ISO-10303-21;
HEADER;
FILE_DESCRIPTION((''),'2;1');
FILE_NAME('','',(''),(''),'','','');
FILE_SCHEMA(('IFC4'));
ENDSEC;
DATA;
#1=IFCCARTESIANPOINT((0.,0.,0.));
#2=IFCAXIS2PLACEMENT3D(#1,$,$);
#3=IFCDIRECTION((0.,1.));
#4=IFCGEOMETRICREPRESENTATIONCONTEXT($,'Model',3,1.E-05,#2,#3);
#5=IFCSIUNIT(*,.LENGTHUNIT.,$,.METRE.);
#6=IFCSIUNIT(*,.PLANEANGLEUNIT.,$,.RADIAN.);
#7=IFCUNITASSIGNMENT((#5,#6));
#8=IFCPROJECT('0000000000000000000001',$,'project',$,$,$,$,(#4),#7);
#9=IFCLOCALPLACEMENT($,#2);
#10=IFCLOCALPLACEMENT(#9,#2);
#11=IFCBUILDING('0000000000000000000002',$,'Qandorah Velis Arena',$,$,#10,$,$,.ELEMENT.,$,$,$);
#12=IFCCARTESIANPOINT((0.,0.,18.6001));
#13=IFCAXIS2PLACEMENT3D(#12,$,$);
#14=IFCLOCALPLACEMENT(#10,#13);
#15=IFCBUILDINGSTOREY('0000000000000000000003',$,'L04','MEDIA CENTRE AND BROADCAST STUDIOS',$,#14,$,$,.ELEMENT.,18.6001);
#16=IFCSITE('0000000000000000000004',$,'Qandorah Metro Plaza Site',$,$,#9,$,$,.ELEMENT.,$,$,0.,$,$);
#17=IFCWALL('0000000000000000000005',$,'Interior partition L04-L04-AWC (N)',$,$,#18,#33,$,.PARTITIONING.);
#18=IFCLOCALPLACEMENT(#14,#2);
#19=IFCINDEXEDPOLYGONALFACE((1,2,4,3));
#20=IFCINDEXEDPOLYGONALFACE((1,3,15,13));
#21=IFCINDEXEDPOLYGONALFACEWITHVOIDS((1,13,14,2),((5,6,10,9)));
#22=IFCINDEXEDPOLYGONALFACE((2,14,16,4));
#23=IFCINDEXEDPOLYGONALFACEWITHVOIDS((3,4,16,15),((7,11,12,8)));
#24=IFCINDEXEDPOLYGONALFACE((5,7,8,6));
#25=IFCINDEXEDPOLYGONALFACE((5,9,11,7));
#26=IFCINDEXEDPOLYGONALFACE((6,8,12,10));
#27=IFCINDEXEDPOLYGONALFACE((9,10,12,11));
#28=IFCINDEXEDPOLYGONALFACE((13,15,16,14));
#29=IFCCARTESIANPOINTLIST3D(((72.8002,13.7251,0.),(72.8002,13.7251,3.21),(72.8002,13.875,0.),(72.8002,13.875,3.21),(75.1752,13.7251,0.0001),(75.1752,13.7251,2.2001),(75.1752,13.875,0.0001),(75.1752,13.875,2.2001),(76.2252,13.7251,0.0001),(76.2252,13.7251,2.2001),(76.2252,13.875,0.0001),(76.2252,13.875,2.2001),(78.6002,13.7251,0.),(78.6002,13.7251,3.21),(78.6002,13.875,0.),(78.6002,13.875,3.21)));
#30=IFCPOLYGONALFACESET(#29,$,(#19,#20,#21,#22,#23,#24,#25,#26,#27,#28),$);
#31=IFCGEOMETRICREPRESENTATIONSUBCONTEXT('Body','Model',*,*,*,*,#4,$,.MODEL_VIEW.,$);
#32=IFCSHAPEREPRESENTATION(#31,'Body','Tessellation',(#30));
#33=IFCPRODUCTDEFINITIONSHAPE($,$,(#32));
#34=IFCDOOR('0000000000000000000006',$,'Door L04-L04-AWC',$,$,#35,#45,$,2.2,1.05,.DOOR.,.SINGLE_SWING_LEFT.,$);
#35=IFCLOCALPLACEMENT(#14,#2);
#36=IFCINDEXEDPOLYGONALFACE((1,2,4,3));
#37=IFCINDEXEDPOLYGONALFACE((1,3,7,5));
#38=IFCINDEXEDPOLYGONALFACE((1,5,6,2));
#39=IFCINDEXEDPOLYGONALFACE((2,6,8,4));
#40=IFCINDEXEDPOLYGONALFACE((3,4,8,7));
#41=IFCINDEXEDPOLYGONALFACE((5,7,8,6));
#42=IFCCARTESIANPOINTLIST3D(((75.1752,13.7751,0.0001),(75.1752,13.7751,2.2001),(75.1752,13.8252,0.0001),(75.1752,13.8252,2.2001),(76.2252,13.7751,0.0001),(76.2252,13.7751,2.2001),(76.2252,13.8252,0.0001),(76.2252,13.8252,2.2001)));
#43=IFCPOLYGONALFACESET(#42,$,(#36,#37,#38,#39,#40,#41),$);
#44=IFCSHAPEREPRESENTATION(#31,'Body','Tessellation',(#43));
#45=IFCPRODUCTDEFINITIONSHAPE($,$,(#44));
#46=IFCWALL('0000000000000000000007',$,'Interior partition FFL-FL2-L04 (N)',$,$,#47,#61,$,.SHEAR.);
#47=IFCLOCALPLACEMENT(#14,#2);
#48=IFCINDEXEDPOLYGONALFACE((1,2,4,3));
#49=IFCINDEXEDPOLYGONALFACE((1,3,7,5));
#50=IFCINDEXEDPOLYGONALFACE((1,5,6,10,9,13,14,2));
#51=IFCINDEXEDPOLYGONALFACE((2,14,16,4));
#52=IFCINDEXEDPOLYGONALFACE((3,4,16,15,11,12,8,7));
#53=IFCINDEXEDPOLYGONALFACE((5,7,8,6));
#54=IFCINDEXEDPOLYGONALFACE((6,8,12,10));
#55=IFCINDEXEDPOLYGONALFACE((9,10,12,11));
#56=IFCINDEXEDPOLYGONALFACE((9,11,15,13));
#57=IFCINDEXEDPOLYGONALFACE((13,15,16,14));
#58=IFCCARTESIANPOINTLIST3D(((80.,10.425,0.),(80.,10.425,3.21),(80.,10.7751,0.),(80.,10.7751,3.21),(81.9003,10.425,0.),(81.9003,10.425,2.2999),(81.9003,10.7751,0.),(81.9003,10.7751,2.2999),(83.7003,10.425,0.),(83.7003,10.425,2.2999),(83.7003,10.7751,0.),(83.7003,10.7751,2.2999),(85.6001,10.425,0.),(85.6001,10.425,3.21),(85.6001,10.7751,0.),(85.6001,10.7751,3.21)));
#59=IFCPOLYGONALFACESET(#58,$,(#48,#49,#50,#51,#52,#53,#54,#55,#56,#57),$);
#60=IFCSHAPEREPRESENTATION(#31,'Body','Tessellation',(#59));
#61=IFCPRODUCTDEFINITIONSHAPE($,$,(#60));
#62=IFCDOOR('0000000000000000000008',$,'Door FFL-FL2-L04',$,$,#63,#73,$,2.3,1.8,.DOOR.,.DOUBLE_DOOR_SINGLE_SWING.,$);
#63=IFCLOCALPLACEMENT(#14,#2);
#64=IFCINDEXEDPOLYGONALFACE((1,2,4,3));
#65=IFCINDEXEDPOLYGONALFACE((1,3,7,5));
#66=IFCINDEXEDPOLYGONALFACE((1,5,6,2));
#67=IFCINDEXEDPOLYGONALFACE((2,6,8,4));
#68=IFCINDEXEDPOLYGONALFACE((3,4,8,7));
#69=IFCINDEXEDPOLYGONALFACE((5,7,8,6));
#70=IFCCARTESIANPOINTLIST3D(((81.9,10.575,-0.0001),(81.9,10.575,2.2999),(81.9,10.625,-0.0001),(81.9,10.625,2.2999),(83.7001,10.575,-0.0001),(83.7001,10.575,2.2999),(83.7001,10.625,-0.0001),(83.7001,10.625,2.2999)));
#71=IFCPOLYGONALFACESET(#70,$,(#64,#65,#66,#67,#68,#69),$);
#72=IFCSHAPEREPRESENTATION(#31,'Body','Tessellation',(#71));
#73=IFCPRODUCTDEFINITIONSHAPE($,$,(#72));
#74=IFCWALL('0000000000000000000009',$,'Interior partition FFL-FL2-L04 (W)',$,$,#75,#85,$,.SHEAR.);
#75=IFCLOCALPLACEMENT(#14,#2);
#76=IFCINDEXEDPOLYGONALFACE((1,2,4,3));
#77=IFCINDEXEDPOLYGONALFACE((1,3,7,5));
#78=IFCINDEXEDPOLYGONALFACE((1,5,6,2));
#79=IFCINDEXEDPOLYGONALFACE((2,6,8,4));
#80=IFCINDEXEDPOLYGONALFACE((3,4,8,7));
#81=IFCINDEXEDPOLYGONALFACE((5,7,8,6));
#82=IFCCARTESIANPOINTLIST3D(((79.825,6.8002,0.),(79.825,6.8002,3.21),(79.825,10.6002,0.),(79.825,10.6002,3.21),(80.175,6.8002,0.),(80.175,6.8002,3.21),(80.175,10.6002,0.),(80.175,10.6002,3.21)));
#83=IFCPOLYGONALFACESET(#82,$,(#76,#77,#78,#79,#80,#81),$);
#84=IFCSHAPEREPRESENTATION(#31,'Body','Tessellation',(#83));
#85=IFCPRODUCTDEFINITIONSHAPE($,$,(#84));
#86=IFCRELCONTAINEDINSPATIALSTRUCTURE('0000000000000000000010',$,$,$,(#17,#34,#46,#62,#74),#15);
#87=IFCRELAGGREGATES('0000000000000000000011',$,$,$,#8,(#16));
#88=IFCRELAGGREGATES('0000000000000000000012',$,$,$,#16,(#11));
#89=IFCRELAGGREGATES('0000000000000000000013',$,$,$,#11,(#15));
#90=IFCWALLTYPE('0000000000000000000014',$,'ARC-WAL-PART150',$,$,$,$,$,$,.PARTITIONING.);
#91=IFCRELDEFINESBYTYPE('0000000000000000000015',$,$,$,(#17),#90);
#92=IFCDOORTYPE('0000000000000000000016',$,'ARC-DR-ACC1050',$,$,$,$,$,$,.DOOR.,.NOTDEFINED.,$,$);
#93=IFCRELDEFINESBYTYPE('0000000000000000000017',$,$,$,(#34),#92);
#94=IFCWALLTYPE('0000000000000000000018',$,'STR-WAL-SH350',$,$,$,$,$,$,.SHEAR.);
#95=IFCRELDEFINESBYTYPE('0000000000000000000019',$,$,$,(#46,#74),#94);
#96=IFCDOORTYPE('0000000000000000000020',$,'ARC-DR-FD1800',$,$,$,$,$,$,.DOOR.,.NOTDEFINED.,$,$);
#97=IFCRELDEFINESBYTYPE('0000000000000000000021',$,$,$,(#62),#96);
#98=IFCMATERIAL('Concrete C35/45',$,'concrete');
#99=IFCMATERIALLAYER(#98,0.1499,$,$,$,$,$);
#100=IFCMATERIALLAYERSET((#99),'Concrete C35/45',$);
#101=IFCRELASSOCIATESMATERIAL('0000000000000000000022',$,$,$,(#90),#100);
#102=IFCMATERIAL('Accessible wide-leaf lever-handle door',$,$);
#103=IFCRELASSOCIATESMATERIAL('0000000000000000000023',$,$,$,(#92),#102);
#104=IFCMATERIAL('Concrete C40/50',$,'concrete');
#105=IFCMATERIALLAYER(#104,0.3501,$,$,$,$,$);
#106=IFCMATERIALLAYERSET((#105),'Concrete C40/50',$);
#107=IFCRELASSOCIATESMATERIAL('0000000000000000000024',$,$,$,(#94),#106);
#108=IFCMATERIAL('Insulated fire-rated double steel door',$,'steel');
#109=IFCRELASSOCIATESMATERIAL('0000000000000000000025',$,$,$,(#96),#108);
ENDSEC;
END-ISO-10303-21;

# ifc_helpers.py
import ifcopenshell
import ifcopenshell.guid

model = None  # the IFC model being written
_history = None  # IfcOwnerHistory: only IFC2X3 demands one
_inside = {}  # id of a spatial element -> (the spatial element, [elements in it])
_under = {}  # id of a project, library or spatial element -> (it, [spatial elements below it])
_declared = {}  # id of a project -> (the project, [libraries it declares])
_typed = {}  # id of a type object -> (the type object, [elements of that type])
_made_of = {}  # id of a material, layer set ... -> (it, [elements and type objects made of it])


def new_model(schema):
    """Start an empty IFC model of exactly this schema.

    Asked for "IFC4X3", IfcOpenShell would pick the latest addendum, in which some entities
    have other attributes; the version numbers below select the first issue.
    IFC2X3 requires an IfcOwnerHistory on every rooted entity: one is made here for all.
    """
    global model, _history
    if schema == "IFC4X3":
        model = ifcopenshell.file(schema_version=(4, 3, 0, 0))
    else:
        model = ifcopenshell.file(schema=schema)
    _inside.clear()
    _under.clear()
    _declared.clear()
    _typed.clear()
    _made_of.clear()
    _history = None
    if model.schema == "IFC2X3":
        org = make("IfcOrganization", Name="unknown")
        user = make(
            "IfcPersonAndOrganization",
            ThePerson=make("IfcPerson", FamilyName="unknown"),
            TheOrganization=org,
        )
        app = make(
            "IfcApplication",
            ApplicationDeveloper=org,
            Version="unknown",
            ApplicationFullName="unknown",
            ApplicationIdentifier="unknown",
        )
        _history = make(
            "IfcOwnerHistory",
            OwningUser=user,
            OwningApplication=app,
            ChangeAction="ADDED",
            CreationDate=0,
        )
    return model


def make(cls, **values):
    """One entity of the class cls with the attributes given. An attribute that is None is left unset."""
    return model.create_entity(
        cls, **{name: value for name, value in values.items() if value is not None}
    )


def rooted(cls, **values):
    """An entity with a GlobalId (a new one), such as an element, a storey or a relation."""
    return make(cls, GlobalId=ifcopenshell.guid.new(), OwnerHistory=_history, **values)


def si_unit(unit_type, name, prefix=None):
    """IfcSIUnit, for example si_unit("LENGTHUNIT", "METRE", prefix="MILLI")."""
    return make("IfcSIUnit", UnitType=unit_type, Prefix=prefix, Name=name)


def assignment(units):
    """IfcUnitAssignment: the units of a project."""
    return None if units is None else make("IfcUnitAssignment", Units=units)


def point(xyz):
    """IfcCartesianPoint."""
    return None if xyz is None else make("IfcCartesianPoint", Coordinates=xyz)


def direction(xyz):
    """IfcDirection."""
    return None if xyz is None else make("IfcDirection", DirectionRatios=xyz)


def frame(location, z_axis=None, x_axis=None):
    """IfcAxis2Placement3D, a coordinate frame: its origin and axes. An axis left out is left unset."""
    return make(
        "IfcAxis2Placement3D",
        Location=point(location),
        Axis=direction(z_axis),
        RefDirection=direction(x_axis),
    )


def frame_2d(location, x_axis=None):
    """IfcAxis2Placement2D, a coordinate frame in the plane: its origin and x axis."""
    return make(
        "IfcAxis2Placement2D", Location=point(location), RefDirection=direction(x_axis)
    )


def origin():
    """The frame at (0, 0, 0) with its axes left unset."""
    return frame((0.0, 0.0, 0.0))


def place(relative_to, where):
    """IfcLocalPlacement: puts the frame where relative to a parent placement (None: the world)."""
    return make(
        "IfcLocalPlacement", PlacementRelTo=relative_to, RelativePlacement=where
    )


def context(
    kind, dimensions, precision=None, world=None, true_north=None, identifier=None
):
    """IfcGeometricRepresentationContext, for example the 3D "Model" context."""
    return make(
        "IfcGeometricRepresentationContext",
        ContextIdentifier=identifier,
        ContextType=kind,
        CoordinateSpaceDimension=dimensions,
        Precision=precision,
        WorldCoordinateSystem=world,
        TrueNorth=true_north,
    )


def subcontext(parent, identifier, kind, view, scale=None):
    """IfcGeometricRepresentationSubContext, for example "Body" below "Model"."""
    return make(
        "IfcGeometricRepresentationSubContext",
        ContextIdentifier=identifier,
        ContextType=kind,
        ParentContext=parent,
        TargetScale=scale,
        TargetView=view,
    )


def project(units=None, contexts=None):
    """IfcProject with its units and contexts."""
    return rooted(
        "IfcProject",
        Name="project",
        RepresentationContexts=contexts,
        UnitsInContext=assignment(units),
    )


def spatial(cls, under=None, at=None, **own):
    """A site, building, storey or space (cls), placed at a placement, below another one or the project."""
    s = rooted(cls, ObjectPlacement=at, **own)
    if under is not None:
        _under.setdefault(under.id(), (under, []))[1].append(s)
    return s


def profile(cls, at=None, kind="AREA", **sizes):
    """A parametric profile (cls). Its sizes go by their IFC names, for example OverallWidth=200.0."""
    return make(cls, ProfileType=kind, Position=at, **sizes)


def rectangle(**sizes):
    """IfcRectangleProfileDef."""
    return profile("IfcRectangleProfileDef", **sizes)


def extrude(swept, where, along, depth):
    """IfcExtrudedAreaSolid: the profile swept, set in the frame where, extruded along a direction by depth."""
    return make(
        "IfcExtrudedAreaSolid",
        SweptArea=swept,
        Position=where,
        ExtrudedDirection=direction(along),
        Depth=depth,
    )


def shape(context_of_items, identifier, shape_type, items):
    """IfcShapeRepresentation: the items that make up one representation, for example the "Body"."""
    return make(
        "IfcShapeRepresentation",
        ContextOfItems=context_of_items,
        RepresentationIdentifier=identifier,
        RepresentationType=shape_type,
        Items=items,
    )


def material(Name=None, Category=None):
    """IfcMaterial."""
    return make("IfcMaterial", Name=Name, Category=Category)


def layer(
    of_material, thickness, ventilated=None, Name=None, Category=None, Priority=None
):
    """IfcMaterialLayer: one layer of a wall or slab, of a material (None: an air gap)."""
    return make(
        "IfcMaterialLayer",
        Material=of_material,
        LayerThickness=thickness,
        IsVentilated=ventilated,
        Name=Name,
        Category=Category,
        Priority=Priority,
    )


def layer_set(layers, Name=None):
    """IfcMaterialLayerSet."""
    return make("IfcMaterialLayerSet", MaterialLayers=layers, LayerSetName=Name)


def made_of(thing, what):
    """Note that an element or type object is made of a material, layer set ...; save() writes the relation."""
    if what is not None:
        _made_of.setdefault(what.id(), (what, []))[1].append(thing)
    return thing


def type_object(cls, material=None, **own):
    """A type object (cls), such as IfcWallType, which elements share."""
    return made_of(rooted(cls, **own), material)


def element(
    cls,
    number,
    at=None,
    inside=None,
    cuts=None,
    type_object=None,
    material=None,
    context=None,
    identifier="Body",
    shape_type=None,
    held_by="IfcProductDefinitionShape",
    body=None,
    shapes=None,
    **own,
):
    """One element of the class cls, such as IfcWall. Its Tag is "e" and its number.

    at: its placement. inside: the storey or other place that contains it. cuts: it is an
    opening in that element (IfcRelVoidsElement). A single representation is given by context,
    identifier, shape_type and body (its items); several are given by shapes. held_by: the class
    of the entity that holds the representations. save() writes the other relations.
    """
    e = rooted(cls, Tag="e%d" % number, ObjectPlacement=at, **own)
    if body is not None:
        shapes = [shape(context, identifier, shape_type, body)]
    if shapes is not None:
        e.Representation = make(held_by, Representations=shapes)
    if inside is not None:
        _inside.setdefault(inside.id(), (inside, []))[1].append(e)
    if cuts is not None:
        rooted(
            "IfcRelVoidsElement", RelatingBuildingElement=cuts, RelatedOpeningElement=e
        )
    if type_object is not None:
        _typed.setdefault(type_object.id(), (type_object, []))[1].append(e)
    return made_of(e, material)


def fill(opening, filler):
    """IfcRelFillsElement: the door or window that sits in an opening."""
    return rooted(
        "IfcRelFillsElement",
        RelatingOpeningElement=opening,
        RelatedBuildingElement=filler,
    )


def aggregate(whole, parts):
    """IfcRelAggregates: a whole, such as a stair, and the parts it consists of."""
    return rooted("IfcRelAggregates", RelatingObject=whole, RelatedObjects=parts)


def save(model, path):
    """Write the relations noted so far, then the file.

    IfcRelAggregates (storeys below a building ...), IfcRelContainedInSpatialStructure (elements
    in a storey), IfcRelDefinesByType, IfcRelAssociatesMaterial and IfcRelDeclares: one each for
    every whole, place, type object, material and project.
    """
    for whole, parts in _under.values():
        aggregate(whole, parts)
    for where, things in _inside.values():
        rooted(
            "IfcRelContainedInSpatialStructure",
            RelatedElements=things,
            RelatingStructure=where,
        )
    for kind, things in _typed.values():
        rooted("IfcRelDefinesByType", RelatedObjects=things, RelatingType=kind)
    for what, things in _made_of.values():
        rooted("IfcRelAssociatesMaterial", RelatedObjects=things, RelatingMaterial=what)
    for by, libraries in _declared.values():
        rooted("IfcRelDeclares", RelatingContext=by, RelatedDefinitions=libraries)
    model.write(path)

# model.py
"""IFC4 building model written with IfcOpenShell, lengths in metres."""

from ifc_helpers import new_model, si_unit, direction, frame, frame_2d, origin, place, context, subcontext, project, spatial, rectangle, extrude, material, layer, layer_set, type_object, element, fill, save


model = new_model("IFC4")

# Units and contexts
model_context = context("Model", 3, precision=1e-05, world=origin(), true_north=direction((0.0, 1.0)))
body_context = subcontext(model_context, "Body", "Model", "MODEL_VIEW")
ifc_project = project(units=[si_unit("LENGTHUNIT", "METRE"), si_unit("PLANEANGLEUNIT", "RADIAN")], contexts=[model_context])

# Site, building, storey
site_placement = place(None, origin())
site = spatial("IfcSite", under=ifc_project, at=site_placement, Name="Qandorah Metro Plaza Site", CompositionType="ELEMENT", RefElevation=0.0)
building_placement = place(site_placement, origin())
building = spatial("IfcBuilding", under=site, at=building_placement, Name="Qandorah Velis Arena", CompositionType="ELEMENT")
storey_placement = place(building_placement, frame((0.0, 0.0, 18.6001)))
storey = spatial("IfcBuildingStorey", under=building, at=storey_placement, Name="L04", Description="MEDIA CENTRE AND BROADCAST STUDIOS", CompositionType="ELEMENT", Elevation=18.6001)

# Shared definitions
ifc_material_1 = material(Name="Concrete C40/50", Category="concrete")

# Shared definitions
ifc_material_2 = material(Name="Concrete C35/45", Category="concrete")
ifc_layer_1 = layer(ifc_material_2, 0.1499)
ifc_layer_set_1 = layer_set([ifc_layer_1], Name="Concrete C35/45")
wall_type_1 = type_object("IfcWallType", Name="ARC-WAL-PART150", PredefinedType="PARTITIONING", material=ifc_layer_set_1)

# Walls, openings, doors
wall_1_placement = place(storey_placement, frame((78.6001, 13.8, 0.0), z_axis=(0.0, 0.0, 1.0), x_axis=(-1.0, 0.0, 0.0)))
wall_1 = element("IfcWall", 1, at=wall_1_placement, inside=storey, type_object=wall_type_1, Name="Interior partition L04-L04-AWC (N)", PredefinedType="PARTITIONING", context=body_context, shape_type="SweptSolid", body=[
    extrude(rectangle(XDim=5.8, YDim=0.1499, at=frame_2d((2.8999, 0.0))), origin(), (0.0, 0.0, 1.0), 3.21),
])
opening_1_placement = place(wall_1_placement, frame((2.375, 0.0, 0.0)))
opening_1 = element("IfcOpeningElement", 2, at=opening_1_placement, cuts=wall_1, PredefinedType="OPENING", context=body_context, shape_type="SweptSolid", body=[
    extrude(rectangle(XDim=1.05, YDim=2.2, at=frame_2d((0.5249, 1.1001))), frame((0.0, 0.085, 0.0), z_axis=(0.0, -1.0, 0.0), x_axis=(1.0, 0.0, 0.0)), (0.0, 0.0, 1.0), 0.1699),
])
ifc_material_3 = material(Name="Accessible wide-leaf lever-handle door")
door_type_1 = type_object("IfcDoorType", Name="ARC-DR-ACC1050", OperationType="NOTDEFINED", PredefinedType="DOOR", material=ifc_material_3)
door_1_placement = place(opening_1_placement, origin())
door_1 = element("IfcDoor", 3, at=door_1_placement, inside=storey, type_object=door_type_1, Name="Door L04-L04-AWC", OperationType="SINGLE_SWING_LEFT", OverallHeight=2.2, OverallWidth=1.05, PredefinedType="DOOR", context=body_context, shape_type="SweptSolid", body=[
    extrude(rectangle(XDim=1.05, YDim=2.2, at=frame_2d((0.5249, 1.1001))), frame((0.0, 0.0249, 0.0), z_axis=(0.0, -1.0, 0.0), x_axis=(1.0, 0.0, 0.0)), (0.0, 0.0, 1.0), 0.05),
])
fill(opening_1, door_1)
ifc_layer_2 = layer(ifc_material_1, 0.3501)
ifc_layer_set_2 = layer_set([ifc_layer_2], Name="Concrete C40/50")
wall_type_2 = type_object("IfcWallType", Name="STR-WAL-SH350", PredefinedType="SHEAR", material=ifc_layer_set_2)
wall_2_placement = place(storey_placement, frame((85.6001, 10.6001, 0.0), z_axis=(0.0, 0.0, 1.0), x_axis=(-1.0, 0.0, 0.0)))
wall_2 = element("IfcWall", 4, at=wall_2_placement, inside=storey, type_object=wall_type_2, Name="Interior partition FFL-FL2-L04 (N)", PredefinedType="SHEAR", context=body_context, shape_type="SweptSolid", body=[
    extrude(rectangle(XDim=5.6001, YDim=0.3501, at=frame_2d((2.8, 0.0))), origin(), (0.0, 0.0, 1.0), 3.21),
])
opening_2_placement = place(wall_2_placement, frame((1.8999, 0.0, 0.0)))
opening_2 = element("IfcOpeningElement", 5, at=opening_2_placement, cuts=wall_2, PredefinedType="OPENING", context=body_context, shape_type="SweptSolid", body=[
    extrude(rectangle(XDim=1.8, YDim=2.3, at=frame_2d((0.8999, 1.1499))), frame((0.0, 0.1851, 0.0), z_axis=(0.0, -1.0, 0.0), x_axis=(1.0, 0.0, 0.0)), (0.0, 0.0, 1.0), 0.3701),
])
ifc_material_4 = material(Name="Insulated fire-rated double steel door", Category="steel")
door_type_2 = type_object("IfcDoorType", Name="ARC-DR-FD1800", OperationType="NOTDEFINED", PredefinedType="DOOR", material=ifc_material_4)
door_2_placement = place(opening_2_placement, frame((1.8, 0.0, 0.0), z_axis=(0.0, 0.0, 1.0), x_axis=(-1.0, 0.0, 0.0)))
door_2 = element("IfcDoor", 6, at=door_2_placement, inside=storey, type_object=door_type_2, Name="Door FFL-FL2-L04", OperationType="DOUBLE_DOOR_SINGLE_SWING", OverallHeight=2.3, OverallWidth=1.8, PredefinedType="DOOR", context=body_context, shape_type="SweptSolid", body=[
    extrude(rectangle(XDim=1.8, YDim=2.3, at=frame_2d((0.8999, 1.1499))), frame((0.0, 0.0249, 0.0), z_axis=(0.0, -1.0, 0.0), x_axis=(1.0, 0.0, 0.0)), (0.0, 0.0, 1.0), 0.05),
])
fill(opening_2, door_2)

# Wall
wall_3_placement = place(storey_placement, frame((80.0, 10.6001, 0.0), z_axis=(0.0, 0.0, 1.0), x_axis=(0.0, -1.0, 0.0)))
element("IfcWall", 7, at=wall_3_placement, inside=storey, type_object=wall_type_2, Name="Interior partition FFL-FL2-L04 (W)", PredefinedType="SHEAR", context=body_context, shape_type="SweptSolid", body=[
    extrude(rectangle(XDim=3.8, YDim=0.3501, at=frame_2d((1.8999, 0.0))), origin(), (0.0, 0.0, 1.0), 3.21),
])

save(model, "model.ifc")
